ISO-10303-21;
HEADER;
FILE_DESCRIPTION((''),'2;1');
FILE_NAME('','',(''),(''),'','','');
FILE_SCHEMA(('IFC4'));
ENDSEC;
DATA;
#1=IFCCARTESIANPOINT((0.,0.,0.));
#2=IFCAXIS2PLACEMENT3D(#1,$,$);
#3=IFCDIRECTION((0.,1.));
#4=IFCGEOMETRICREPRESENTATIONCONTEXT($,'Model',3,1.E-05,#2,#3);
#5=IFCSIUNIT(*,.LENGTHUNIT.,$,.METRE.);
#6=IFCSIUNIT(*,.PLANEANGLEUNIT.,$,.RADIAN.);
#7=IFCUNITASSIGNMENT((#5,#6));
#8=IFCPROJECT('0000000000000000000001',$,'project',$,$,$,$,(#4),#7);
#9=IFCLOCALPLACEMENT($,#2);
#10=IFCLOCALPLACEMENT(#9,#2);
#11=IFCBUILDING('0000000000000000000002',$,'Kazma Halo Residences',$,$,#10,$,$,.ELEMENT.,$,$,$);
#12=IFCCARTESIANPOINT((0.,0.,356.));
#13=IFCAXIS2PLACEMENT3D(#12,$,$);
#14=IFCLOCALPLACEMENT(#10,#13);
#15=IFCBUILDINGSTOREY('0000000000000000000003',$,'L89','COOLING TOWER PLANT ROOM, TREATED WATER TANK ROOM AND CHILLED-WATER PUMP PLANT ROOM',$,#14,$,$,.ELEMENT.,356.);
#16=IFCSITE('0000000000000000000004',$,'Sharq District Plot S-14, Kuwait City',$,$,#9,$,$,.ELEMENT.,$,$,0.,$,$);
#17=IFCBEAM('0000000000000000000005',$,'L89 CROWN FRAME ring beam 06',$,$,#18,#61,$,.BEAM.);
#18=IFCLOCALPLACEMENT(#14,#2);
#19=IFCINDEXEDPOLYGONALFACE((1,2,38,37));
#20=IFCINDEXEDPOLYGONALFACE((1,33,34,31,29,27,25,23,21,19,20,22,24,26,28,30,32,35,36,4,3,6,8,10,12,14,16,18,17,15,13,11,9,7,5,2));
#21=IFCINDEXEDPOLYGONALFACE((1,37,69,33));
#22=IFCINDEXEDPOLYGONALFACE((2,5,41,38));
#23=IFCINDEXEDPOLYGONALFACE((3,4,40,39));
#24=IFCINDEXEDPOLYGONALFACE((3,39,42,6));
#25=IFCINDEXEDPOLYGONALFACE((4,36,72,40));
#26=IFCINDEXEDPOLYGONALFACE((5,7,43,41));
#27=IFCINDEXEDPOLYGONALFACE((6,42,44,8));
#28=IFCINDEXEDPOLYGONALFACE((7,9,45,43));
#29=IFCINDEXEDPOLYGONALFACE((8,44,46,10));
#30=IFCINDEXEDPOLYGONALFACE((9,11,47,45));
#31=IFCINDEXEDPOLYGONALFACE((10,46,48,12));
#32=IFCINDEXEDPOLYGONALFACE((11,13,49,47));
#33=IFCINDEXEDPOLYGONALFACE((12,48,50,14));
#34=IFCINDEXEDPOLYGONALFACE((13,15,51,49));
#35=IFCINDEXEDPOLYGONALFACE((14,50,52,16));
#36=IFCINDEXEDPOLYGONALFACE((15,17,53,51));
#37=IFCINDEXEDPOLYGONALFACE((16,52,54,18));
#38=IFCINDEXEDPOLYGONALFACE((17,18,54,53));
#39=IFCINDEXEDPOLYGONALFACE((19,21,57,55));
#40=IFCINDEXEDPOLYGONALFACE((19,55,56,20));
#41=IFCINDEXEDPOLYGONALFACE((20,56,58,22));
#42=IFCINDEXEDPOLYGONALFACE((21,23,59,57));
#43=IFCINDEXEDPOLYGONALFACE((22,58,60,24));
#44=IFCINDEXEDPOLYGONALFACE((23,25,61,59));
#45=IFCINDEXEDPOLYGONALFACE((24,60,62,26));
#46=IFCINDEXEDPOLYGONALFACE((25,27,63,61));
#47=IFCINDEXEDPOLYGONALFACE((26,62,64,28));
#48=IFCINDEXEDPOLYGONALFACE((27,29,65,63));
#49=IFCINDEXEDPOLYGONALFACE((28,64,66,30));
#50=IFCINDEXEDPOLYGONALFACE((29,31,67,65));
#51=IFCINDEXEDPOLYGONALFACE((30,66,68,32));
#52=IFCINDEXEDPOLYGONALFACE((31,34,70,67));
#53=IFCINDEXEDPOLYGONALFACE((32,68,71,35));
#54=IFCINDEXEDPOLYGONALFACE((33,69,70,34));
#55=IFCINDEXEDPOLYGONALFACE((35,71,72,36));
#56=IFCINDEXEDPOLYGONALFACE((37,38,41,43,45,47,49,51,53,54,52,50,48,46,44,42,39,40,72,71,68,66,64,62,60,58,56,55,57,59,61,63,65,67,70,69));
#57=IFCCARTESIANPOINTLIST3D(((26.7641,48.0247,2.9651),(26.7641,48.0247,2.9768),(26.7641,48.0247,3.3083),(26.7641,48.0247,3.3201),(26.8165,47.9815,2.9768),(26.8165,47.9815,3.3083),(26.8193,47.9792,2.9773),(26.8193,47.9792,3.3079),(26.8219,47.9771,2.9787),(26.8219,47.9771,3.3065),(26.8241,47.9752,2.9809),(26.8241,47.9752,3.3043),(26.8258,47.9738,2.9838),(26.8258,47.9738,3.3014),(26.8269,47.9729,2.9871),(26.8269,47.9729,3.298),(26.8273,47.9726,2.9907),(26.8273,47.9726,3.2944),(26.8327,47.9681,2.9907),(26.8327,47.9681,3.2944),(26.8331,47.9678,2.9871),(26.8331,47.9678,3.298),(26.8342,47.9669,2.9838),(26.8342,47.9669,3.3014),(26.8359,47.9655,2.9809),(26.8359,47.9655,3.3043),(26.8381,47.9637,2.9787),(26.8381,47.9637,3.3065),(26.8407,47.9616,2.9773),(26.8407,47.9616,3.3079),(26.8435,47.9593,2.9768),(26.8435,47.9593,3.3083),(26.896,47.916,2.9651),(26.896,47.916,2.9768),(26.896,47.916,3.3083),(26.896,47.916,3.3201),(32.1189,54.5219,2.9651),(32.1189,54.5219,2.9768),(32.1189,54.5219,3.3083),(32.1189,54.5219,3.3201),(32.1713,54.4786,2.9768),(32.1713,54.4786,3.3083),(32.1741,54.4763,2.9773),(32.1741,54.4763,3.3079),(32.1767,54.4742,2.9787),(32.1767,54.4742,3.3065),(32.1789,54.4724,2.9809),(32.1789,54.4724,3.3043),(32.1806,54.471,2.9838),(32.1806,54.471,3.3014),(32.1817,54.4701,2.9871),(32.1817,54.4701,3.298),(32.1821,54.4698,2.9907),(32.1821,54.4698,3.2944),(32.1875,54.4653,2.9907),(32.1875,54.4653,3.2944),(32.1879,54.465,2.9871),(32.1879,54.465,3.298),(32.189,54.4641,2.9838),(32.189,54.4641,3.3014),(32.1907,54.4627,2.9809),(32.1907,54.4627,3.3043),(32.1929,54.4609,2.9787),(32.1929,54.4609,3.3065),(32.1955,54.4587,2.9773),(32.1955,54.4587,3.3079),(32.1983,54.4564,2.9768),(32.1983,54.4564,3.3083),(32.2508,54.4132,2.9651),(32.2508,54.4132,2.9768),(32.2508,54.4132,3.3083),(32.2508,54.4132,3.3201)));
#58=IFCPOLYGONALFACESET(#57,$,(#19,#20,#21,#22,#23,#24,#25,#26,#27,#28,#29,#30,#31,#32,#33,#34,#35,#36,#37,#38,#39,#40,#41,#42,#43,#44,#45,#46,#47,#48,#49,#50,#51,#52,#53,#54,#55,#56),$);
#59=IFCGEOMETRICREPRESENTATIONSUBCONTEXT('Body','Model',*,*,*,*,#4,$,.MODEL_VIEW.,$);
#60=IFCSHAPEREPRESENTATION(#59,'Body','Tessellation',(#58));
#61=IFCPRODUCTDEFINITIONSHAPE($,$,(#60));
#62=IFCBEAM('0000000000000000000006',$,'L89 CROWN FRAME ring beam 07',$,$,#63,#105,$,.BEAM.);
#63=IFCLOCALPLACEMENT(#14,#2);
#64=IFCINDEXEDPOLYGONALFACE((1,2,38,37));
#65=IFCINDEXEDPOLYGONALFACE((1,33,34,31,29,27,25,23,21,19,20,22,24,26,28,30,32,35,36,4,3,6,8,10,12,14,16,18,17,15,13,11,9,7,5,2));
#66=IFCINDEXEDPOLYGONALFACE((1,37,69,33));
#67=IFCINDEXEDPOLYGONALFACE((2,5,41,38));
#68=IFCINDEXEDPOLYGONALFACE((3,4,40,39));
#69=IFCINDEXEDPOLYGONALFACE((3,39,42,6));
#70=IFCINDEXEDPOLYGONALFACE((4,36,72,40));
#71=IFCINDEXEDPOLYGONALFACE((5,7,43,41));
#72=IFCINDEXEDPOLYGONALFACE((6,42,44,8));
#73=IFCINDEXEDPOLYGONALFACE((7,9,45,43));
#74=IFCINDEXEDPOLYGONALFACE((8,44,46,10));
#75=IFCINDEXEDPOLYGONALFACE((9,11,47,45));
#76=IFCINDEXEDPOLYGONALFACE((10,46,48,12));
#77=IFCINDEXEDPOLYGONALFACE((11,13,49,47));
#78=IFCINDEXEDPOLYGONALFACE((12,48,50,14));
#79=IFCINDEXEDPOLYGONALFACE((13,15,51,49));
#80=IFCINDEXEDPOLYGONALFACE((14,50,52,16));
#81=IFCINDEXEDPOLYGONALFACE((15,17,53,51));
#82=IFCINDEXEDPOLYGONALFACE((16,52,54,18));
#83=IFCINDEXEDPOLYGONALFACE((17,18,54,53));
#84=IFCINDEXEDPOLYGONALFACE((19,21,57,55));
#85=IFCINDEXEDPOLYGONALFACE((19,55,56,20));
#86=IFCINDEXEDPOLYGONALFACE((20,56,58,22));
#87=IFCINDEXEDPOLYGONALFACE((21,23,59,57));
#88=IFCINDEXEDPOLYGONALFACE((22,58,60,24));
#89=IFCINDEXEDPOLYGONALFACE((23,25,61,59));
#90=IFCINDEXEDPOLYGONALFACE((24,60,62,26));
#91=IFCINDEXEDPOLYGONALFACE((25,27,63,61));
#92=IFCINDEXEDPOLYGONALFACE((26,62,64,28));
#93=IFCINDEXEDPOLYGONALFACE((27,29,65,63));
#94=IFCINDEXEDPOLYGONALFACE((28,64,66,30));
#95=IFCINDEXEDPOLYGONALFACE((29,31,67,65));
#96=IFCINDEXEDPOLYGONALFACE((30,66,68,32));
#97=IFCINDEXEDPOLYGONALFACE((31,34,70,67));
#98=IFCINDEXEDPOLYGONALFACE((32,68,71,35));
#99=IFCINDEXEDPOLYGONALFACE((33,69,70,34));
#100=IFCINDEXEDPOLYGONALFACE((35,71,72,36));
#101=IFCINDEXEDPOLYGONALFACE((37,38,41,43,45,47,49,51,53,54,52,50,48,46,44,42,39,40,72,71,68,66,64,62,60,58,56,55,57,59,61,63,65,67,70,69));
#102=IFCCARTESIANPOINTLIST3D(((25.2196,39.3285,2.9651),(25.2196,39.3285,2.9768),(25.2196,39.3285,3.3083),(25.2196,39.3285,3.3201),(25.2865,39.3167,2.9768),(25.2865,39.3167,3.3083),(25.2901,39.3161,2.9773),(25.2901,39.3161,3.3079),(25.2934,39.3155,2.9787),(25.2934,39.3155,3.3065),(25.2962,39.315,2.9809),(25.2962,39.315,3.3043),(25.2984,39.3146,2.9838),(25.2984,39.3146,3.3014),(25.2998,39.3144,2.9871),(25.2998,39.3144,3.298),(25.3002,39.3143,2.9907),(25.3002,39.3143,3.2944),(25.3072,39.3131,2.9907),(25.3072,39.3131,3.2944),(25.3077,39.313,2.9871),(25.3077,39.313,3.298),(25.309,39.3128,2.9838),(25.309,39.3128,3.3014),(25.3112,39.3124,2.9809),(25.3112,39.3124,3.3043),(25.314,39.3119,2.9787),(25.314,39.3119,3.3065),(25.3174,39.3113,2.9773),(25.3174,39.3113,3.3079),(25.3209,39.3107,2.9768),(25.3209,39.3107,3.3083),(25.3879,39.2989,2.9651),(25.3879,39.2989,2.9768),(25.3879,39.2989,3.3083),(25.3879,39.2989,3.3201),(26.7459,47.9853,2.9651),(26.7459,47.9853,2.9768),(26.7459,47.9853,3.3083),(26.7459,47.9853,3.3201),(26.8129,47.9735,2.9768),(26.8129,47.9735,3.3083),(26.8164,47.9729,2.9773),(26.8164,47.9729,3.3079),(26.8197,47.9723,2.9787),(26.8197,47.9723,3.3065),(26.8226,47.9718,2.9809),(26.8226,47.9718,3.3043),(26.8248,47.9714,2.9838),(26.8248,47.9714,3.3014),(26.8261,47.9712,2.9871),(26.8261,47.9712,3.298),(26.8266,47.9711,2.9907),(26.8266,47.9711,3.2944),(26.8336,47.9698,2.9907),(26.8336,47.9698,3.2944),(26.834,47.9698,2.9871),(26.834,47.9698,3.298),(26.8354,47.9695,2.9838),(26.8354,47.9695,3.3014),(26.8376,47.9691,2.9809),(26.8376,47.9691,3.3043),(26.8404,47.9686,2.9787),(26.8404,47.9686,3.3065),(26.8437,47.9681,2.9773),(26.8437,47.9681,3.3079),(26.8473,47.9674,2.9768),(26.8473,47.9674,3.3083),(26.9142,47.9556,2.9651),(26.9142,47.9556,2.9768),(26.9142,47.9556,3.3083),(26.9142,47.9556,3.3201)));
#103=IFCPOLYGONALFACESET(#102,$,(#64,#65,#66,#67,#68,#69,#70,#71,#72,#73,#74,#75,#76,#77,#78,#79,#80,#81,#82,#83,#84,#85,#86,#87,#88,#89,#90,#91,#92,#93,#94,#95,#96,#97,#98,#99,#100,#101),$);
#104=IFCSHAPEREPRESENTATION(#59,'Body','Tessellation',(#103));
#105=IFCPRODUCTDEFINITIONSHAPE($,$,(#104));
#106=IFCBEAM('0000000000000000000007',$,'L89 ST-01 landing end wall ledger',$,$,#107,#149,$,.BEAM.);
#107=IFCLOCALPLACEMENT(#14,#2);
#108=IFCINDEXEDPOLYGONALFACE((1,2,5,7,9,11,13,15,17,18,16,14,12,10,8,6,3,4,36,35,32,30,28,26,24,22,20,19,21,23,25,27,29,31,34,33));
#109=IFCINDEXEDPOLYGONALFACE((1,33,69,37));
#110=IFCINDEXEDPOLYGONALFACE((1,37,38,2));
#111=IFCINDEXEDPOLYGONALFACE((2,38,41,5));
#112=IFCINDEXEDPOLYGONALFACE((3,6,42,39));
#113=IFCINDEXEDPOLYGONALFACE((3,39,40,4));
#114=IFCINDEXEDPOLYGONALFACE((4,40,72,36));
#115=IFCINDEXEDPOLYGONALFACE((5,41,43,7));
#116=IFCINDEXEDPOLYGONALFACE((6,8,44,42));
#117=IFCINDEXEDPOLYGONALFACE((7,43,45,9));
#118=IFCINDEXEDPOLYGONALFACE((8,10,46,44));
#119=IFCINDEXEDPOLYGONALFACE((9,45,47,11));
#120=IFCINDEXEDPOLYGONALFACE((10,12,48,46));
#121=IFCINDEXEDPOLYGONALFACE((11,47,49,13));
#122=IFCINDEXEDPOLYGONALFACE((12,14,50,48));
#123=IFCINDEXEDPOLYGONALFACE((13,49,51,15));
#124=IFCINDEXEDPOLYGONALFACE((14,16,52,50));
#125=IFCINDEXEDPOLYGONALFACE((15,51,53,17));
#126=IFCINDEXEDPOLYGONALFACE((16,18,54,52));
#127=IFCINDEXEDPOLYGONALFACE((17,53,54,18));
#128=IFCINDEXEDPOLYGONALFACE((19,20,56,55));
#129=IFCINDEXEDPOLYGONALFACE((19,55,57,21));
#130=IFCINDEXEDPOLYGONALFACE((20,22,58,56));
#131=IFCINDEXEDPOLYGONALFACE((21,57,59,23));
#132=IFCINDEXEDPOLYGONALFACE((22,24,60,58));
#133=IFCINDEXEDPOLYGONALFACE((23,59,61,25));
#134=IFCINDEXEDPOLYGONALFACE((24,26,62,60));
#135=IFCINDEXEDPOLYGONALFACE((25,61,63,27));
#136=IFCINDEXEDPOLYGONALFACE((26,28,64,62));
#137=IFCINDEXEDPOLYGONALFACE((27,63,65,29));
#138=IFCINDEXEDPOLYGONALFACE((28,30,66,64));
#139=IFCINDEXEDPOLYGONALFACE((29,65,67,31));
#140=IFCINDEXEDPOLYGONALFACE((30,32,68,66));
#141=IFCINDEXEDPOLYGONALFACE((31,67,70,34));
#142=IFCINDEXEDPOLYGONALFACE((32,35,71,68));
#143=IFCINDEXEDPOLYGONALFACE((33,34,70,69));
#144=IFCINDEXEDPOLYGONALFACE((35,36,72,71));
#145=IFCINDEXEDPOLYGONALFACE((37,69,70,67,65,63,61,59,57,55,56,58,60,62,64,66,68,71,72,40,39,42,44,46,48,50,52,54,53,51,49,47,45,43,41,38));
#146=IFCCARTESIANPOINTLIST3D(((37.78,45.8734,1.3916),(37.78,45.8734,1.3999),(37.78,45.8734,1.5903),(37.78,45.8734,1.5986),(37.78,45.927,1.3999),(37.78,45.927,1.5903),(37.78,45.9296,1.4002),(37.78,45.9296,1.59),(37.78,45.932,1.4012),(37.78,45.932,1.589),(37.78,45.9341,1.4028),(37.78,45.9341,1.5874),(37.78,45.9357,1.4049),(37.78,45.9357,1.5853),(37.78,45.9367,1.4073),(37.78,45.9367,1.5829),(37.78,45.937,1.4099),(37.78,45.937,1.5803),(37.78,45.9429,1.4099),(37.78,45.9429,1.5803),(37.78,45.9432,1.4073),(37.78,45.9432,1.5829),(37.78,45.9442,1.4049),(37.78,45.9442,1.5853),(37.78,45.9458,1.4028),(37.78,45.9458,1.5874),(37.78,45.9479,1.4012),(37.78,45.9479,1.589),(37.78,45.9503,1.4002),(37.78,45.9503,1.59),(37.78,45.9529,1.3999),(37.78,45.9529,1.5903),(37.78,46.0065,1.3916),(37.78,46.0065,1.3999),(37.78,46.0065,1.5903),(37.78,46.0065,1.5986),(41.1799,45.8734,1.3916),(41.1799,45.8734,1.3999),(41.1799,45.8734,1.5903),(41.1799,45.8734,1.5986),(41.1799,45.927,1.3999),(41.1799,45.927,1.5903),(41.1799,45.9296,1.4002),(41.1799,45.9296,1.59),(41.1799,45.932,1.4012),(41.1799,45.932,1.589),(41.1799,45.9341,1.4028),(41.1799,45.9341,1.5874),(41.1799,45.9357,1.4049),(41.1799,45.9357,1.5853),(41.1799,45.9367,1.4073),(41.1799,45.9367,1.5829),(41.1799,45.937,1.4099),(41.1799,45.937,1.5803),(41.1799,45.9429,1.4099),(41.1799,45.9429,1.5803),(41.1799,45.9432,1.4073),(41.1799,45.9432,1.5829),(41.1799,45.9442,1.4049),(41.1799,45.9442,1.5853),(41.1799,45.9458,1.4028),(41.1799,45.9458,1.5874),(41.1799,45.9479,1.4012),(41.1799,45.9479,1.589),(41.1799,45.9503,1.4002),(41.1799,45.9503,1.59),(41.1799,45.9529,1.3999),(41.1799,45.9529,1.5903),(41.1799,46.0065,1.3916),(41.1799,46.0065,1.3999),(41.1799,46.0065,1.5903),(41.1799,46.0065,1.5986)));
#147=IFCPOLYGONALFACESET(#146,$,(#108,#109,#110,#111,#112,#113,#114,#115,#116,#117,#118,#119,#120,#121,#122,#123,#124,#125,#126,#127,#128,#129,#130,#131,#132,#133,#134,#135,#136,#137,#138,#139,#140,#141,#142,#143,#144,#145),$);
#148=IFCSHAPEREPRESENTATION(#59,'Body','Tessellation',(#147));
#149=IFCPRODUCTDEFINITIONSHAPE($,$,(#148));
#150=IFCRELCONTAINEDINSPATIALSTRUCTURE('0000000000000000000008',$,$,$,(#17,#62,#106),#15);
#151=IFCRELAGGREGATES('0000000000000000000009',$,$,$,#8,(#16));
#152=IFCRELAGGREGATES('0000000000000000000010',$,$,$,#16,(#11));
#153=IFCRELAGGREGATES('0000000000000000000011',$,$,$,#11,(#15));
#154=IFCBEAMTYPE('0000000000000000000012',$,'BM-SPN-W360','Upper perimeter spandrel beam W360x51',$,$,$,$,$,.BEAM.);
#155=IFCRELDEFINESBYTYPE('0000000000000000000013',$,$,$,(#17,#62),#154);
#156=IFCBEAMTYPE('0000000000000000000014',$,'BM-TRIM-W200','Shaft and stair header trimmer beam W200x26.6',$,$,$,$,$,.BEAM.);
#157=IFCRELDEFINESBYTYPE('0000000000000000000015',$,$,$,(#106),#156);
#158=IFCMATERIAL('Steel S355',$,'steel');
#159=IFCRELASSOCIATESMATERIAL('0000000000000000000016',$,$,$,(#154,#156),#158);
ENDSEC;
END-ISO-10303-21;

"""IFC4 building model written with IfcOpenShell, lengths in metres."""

from ifc_helpers import new_model, si_unit, direction, frame, origin, origin_2d, place, context, subcontext, project, spatial, i_section, extrude, material, material_profile, profile_set, type_object, element, save


model = new_model("IFC4")

# Units and contexts
model_context = context("Model", 3, precision=1e-05, world=origin(), true_north=direction((0.0, 1.0)))
body_context = subcontext(model_context, "Body", "Model", "MODEL_VIEW")
ifc_project = project(units=[si_unit("LENGTHUNIT", "METRE"), si_unit("PLANEANGLEUNIT", "RADIAN")], contexts=[model_context])

# Site, building, storey
site_placement = place(None, origin())
site = spatial("IfcSite", under=ifc_project, at=site_placement, Name="Sharq District Plot S-14, Kuwait City", CompositionType="ELEMENT", RefElevation=0.0)
building_placement = place(site_placement, origin())
building = spatial("IfcBuilding", under=site, at=building_placement, Name="Kazma Halo Residences", CompositionType="ELEMENT")
storey_placement = place(building_placement, frame((0.0, 0.0, 356.0)))
storey = spatial("IfcBuildingStorey", under=building, at=storey_placement, Name="L89", Description="COOLING TOWER PLANT ROOM, TREATED WATER TANK ROOM AND CHILLED-WATER PUMP PLANT ROOM", CompositionType="ELEMENT", Elevation=356.0)

# Shared definitions
ifc_material_1 = material(Name="Steel S355", Category="steel")

# Beams
ifc_material_profile_1 = material_profile(ifc_material_1, i_section(OverallWidth=0.1709, OverallDepth=0.355, WebThickness=0.0071, FlangeThickness=0.0117, FilletRadius=0.0139, at=origin_2d()), Name="W360x51")
ifc_profile_set_1 = profile_set([ifc_material_profile_1], Name="Steel S355")
beam_type_1 = type_object("IfcBeamType", Name="BM-SPN-W360", Description="Upper perimeter spandrel beam W360x51", PredefinedType="BEAM", material=ifc_profile_set_1)
beam_1_placement = place(storey_placement, frame((32.1848, 54.4675, 3.1426), z_axis=(-0.636005, -0.771685, 0.0), x_axis=(0.771685, -0.636005, 0.0)))
element("IfcBeam", 1, at=beam_1_placement, inside=storey, type_object=beam_type_1, Name="L89 CROWN FRAME ring beam 06", PredefinedType="BEAM", context=body_context, shape_type="SweptSolid", body=[
    extrude(i_section(OverallWidth=0.1709, OverallDepth=0.355, WebThickness=0.0071, FlangeThickness=0.0117, FilletRadius=0.0139, at=origin_2d()), origin(), (0.0, 0.0, 1.0), 8.4194),
])
beam_2_placement = place(storey_placement, frame((26.8301, 47.9705, 3.1426), z_axis=(-0.173643, -0.984809, 0.0), x_axis=(0.984809, -0.173643, 0.0)))
element("IfcBeam", 2, at=beam_2_placement, inside=storey, type_object=beam_type_1, Name="L89 CROWN FRAME ring beam 07", PredefinedType="BEAM", context=body_context, shape_type="SweptSolid", body=[
    extrude(i_section(OverallWidth=0.1709, OverallDepth=0.355, WebThickness=0.0071, FlangeThickness=0.0117, FilletRadius=0.0139, at=origin_2d()), origin(), (0.0, 0.0, 1.0), 8.7903),
])
ifc_material_profile_2 = material_profile(ifc_material_1, i_section(OverallWidth=0.1331, OverallDepth=0.207, WebThickness=0.0059, FlangeThickness=0.0083, FilletRadius=0.01, at=origin_2d()), Name="W200x26.6")
ifc_profile_set_2 = profile_set([ifc_material_profile_2], Name="Steel S355")
beam_type_2 = type_object("IfcBeamType", Name="BM-TRIM-W200", Description="Shaft and stair header trimmer beam W200x26.6", PredefinedType="BEAM", material=ifc_profile_set_2)
beam_3_placement = place(storey_placement, frame((37.78, 45.9399, 1.4951), z_axis=(1.0, 0.0, 0.0), x_axis=(0.0, 1.0, 0.0)))
element("IfcBeam", 3, at=beam_3_placement, inside=storey, type_object=beam_type_2, Name="L89 ST-01 landing end wall ledger", PredefinedType="BEAM", context=body_context, shape_type="SweptSolid", body=[
    extrude(i_section(OverallWidth=0.1331, OverallDepth=0.207, WebThickness=0.0059, FlangeThickness=0.0083, FilletRadius=0.01, at=origin_2d()), origin(), (0.0, 0.0, 1.0), 3.3999),
])

save(model, "model.ifc")
